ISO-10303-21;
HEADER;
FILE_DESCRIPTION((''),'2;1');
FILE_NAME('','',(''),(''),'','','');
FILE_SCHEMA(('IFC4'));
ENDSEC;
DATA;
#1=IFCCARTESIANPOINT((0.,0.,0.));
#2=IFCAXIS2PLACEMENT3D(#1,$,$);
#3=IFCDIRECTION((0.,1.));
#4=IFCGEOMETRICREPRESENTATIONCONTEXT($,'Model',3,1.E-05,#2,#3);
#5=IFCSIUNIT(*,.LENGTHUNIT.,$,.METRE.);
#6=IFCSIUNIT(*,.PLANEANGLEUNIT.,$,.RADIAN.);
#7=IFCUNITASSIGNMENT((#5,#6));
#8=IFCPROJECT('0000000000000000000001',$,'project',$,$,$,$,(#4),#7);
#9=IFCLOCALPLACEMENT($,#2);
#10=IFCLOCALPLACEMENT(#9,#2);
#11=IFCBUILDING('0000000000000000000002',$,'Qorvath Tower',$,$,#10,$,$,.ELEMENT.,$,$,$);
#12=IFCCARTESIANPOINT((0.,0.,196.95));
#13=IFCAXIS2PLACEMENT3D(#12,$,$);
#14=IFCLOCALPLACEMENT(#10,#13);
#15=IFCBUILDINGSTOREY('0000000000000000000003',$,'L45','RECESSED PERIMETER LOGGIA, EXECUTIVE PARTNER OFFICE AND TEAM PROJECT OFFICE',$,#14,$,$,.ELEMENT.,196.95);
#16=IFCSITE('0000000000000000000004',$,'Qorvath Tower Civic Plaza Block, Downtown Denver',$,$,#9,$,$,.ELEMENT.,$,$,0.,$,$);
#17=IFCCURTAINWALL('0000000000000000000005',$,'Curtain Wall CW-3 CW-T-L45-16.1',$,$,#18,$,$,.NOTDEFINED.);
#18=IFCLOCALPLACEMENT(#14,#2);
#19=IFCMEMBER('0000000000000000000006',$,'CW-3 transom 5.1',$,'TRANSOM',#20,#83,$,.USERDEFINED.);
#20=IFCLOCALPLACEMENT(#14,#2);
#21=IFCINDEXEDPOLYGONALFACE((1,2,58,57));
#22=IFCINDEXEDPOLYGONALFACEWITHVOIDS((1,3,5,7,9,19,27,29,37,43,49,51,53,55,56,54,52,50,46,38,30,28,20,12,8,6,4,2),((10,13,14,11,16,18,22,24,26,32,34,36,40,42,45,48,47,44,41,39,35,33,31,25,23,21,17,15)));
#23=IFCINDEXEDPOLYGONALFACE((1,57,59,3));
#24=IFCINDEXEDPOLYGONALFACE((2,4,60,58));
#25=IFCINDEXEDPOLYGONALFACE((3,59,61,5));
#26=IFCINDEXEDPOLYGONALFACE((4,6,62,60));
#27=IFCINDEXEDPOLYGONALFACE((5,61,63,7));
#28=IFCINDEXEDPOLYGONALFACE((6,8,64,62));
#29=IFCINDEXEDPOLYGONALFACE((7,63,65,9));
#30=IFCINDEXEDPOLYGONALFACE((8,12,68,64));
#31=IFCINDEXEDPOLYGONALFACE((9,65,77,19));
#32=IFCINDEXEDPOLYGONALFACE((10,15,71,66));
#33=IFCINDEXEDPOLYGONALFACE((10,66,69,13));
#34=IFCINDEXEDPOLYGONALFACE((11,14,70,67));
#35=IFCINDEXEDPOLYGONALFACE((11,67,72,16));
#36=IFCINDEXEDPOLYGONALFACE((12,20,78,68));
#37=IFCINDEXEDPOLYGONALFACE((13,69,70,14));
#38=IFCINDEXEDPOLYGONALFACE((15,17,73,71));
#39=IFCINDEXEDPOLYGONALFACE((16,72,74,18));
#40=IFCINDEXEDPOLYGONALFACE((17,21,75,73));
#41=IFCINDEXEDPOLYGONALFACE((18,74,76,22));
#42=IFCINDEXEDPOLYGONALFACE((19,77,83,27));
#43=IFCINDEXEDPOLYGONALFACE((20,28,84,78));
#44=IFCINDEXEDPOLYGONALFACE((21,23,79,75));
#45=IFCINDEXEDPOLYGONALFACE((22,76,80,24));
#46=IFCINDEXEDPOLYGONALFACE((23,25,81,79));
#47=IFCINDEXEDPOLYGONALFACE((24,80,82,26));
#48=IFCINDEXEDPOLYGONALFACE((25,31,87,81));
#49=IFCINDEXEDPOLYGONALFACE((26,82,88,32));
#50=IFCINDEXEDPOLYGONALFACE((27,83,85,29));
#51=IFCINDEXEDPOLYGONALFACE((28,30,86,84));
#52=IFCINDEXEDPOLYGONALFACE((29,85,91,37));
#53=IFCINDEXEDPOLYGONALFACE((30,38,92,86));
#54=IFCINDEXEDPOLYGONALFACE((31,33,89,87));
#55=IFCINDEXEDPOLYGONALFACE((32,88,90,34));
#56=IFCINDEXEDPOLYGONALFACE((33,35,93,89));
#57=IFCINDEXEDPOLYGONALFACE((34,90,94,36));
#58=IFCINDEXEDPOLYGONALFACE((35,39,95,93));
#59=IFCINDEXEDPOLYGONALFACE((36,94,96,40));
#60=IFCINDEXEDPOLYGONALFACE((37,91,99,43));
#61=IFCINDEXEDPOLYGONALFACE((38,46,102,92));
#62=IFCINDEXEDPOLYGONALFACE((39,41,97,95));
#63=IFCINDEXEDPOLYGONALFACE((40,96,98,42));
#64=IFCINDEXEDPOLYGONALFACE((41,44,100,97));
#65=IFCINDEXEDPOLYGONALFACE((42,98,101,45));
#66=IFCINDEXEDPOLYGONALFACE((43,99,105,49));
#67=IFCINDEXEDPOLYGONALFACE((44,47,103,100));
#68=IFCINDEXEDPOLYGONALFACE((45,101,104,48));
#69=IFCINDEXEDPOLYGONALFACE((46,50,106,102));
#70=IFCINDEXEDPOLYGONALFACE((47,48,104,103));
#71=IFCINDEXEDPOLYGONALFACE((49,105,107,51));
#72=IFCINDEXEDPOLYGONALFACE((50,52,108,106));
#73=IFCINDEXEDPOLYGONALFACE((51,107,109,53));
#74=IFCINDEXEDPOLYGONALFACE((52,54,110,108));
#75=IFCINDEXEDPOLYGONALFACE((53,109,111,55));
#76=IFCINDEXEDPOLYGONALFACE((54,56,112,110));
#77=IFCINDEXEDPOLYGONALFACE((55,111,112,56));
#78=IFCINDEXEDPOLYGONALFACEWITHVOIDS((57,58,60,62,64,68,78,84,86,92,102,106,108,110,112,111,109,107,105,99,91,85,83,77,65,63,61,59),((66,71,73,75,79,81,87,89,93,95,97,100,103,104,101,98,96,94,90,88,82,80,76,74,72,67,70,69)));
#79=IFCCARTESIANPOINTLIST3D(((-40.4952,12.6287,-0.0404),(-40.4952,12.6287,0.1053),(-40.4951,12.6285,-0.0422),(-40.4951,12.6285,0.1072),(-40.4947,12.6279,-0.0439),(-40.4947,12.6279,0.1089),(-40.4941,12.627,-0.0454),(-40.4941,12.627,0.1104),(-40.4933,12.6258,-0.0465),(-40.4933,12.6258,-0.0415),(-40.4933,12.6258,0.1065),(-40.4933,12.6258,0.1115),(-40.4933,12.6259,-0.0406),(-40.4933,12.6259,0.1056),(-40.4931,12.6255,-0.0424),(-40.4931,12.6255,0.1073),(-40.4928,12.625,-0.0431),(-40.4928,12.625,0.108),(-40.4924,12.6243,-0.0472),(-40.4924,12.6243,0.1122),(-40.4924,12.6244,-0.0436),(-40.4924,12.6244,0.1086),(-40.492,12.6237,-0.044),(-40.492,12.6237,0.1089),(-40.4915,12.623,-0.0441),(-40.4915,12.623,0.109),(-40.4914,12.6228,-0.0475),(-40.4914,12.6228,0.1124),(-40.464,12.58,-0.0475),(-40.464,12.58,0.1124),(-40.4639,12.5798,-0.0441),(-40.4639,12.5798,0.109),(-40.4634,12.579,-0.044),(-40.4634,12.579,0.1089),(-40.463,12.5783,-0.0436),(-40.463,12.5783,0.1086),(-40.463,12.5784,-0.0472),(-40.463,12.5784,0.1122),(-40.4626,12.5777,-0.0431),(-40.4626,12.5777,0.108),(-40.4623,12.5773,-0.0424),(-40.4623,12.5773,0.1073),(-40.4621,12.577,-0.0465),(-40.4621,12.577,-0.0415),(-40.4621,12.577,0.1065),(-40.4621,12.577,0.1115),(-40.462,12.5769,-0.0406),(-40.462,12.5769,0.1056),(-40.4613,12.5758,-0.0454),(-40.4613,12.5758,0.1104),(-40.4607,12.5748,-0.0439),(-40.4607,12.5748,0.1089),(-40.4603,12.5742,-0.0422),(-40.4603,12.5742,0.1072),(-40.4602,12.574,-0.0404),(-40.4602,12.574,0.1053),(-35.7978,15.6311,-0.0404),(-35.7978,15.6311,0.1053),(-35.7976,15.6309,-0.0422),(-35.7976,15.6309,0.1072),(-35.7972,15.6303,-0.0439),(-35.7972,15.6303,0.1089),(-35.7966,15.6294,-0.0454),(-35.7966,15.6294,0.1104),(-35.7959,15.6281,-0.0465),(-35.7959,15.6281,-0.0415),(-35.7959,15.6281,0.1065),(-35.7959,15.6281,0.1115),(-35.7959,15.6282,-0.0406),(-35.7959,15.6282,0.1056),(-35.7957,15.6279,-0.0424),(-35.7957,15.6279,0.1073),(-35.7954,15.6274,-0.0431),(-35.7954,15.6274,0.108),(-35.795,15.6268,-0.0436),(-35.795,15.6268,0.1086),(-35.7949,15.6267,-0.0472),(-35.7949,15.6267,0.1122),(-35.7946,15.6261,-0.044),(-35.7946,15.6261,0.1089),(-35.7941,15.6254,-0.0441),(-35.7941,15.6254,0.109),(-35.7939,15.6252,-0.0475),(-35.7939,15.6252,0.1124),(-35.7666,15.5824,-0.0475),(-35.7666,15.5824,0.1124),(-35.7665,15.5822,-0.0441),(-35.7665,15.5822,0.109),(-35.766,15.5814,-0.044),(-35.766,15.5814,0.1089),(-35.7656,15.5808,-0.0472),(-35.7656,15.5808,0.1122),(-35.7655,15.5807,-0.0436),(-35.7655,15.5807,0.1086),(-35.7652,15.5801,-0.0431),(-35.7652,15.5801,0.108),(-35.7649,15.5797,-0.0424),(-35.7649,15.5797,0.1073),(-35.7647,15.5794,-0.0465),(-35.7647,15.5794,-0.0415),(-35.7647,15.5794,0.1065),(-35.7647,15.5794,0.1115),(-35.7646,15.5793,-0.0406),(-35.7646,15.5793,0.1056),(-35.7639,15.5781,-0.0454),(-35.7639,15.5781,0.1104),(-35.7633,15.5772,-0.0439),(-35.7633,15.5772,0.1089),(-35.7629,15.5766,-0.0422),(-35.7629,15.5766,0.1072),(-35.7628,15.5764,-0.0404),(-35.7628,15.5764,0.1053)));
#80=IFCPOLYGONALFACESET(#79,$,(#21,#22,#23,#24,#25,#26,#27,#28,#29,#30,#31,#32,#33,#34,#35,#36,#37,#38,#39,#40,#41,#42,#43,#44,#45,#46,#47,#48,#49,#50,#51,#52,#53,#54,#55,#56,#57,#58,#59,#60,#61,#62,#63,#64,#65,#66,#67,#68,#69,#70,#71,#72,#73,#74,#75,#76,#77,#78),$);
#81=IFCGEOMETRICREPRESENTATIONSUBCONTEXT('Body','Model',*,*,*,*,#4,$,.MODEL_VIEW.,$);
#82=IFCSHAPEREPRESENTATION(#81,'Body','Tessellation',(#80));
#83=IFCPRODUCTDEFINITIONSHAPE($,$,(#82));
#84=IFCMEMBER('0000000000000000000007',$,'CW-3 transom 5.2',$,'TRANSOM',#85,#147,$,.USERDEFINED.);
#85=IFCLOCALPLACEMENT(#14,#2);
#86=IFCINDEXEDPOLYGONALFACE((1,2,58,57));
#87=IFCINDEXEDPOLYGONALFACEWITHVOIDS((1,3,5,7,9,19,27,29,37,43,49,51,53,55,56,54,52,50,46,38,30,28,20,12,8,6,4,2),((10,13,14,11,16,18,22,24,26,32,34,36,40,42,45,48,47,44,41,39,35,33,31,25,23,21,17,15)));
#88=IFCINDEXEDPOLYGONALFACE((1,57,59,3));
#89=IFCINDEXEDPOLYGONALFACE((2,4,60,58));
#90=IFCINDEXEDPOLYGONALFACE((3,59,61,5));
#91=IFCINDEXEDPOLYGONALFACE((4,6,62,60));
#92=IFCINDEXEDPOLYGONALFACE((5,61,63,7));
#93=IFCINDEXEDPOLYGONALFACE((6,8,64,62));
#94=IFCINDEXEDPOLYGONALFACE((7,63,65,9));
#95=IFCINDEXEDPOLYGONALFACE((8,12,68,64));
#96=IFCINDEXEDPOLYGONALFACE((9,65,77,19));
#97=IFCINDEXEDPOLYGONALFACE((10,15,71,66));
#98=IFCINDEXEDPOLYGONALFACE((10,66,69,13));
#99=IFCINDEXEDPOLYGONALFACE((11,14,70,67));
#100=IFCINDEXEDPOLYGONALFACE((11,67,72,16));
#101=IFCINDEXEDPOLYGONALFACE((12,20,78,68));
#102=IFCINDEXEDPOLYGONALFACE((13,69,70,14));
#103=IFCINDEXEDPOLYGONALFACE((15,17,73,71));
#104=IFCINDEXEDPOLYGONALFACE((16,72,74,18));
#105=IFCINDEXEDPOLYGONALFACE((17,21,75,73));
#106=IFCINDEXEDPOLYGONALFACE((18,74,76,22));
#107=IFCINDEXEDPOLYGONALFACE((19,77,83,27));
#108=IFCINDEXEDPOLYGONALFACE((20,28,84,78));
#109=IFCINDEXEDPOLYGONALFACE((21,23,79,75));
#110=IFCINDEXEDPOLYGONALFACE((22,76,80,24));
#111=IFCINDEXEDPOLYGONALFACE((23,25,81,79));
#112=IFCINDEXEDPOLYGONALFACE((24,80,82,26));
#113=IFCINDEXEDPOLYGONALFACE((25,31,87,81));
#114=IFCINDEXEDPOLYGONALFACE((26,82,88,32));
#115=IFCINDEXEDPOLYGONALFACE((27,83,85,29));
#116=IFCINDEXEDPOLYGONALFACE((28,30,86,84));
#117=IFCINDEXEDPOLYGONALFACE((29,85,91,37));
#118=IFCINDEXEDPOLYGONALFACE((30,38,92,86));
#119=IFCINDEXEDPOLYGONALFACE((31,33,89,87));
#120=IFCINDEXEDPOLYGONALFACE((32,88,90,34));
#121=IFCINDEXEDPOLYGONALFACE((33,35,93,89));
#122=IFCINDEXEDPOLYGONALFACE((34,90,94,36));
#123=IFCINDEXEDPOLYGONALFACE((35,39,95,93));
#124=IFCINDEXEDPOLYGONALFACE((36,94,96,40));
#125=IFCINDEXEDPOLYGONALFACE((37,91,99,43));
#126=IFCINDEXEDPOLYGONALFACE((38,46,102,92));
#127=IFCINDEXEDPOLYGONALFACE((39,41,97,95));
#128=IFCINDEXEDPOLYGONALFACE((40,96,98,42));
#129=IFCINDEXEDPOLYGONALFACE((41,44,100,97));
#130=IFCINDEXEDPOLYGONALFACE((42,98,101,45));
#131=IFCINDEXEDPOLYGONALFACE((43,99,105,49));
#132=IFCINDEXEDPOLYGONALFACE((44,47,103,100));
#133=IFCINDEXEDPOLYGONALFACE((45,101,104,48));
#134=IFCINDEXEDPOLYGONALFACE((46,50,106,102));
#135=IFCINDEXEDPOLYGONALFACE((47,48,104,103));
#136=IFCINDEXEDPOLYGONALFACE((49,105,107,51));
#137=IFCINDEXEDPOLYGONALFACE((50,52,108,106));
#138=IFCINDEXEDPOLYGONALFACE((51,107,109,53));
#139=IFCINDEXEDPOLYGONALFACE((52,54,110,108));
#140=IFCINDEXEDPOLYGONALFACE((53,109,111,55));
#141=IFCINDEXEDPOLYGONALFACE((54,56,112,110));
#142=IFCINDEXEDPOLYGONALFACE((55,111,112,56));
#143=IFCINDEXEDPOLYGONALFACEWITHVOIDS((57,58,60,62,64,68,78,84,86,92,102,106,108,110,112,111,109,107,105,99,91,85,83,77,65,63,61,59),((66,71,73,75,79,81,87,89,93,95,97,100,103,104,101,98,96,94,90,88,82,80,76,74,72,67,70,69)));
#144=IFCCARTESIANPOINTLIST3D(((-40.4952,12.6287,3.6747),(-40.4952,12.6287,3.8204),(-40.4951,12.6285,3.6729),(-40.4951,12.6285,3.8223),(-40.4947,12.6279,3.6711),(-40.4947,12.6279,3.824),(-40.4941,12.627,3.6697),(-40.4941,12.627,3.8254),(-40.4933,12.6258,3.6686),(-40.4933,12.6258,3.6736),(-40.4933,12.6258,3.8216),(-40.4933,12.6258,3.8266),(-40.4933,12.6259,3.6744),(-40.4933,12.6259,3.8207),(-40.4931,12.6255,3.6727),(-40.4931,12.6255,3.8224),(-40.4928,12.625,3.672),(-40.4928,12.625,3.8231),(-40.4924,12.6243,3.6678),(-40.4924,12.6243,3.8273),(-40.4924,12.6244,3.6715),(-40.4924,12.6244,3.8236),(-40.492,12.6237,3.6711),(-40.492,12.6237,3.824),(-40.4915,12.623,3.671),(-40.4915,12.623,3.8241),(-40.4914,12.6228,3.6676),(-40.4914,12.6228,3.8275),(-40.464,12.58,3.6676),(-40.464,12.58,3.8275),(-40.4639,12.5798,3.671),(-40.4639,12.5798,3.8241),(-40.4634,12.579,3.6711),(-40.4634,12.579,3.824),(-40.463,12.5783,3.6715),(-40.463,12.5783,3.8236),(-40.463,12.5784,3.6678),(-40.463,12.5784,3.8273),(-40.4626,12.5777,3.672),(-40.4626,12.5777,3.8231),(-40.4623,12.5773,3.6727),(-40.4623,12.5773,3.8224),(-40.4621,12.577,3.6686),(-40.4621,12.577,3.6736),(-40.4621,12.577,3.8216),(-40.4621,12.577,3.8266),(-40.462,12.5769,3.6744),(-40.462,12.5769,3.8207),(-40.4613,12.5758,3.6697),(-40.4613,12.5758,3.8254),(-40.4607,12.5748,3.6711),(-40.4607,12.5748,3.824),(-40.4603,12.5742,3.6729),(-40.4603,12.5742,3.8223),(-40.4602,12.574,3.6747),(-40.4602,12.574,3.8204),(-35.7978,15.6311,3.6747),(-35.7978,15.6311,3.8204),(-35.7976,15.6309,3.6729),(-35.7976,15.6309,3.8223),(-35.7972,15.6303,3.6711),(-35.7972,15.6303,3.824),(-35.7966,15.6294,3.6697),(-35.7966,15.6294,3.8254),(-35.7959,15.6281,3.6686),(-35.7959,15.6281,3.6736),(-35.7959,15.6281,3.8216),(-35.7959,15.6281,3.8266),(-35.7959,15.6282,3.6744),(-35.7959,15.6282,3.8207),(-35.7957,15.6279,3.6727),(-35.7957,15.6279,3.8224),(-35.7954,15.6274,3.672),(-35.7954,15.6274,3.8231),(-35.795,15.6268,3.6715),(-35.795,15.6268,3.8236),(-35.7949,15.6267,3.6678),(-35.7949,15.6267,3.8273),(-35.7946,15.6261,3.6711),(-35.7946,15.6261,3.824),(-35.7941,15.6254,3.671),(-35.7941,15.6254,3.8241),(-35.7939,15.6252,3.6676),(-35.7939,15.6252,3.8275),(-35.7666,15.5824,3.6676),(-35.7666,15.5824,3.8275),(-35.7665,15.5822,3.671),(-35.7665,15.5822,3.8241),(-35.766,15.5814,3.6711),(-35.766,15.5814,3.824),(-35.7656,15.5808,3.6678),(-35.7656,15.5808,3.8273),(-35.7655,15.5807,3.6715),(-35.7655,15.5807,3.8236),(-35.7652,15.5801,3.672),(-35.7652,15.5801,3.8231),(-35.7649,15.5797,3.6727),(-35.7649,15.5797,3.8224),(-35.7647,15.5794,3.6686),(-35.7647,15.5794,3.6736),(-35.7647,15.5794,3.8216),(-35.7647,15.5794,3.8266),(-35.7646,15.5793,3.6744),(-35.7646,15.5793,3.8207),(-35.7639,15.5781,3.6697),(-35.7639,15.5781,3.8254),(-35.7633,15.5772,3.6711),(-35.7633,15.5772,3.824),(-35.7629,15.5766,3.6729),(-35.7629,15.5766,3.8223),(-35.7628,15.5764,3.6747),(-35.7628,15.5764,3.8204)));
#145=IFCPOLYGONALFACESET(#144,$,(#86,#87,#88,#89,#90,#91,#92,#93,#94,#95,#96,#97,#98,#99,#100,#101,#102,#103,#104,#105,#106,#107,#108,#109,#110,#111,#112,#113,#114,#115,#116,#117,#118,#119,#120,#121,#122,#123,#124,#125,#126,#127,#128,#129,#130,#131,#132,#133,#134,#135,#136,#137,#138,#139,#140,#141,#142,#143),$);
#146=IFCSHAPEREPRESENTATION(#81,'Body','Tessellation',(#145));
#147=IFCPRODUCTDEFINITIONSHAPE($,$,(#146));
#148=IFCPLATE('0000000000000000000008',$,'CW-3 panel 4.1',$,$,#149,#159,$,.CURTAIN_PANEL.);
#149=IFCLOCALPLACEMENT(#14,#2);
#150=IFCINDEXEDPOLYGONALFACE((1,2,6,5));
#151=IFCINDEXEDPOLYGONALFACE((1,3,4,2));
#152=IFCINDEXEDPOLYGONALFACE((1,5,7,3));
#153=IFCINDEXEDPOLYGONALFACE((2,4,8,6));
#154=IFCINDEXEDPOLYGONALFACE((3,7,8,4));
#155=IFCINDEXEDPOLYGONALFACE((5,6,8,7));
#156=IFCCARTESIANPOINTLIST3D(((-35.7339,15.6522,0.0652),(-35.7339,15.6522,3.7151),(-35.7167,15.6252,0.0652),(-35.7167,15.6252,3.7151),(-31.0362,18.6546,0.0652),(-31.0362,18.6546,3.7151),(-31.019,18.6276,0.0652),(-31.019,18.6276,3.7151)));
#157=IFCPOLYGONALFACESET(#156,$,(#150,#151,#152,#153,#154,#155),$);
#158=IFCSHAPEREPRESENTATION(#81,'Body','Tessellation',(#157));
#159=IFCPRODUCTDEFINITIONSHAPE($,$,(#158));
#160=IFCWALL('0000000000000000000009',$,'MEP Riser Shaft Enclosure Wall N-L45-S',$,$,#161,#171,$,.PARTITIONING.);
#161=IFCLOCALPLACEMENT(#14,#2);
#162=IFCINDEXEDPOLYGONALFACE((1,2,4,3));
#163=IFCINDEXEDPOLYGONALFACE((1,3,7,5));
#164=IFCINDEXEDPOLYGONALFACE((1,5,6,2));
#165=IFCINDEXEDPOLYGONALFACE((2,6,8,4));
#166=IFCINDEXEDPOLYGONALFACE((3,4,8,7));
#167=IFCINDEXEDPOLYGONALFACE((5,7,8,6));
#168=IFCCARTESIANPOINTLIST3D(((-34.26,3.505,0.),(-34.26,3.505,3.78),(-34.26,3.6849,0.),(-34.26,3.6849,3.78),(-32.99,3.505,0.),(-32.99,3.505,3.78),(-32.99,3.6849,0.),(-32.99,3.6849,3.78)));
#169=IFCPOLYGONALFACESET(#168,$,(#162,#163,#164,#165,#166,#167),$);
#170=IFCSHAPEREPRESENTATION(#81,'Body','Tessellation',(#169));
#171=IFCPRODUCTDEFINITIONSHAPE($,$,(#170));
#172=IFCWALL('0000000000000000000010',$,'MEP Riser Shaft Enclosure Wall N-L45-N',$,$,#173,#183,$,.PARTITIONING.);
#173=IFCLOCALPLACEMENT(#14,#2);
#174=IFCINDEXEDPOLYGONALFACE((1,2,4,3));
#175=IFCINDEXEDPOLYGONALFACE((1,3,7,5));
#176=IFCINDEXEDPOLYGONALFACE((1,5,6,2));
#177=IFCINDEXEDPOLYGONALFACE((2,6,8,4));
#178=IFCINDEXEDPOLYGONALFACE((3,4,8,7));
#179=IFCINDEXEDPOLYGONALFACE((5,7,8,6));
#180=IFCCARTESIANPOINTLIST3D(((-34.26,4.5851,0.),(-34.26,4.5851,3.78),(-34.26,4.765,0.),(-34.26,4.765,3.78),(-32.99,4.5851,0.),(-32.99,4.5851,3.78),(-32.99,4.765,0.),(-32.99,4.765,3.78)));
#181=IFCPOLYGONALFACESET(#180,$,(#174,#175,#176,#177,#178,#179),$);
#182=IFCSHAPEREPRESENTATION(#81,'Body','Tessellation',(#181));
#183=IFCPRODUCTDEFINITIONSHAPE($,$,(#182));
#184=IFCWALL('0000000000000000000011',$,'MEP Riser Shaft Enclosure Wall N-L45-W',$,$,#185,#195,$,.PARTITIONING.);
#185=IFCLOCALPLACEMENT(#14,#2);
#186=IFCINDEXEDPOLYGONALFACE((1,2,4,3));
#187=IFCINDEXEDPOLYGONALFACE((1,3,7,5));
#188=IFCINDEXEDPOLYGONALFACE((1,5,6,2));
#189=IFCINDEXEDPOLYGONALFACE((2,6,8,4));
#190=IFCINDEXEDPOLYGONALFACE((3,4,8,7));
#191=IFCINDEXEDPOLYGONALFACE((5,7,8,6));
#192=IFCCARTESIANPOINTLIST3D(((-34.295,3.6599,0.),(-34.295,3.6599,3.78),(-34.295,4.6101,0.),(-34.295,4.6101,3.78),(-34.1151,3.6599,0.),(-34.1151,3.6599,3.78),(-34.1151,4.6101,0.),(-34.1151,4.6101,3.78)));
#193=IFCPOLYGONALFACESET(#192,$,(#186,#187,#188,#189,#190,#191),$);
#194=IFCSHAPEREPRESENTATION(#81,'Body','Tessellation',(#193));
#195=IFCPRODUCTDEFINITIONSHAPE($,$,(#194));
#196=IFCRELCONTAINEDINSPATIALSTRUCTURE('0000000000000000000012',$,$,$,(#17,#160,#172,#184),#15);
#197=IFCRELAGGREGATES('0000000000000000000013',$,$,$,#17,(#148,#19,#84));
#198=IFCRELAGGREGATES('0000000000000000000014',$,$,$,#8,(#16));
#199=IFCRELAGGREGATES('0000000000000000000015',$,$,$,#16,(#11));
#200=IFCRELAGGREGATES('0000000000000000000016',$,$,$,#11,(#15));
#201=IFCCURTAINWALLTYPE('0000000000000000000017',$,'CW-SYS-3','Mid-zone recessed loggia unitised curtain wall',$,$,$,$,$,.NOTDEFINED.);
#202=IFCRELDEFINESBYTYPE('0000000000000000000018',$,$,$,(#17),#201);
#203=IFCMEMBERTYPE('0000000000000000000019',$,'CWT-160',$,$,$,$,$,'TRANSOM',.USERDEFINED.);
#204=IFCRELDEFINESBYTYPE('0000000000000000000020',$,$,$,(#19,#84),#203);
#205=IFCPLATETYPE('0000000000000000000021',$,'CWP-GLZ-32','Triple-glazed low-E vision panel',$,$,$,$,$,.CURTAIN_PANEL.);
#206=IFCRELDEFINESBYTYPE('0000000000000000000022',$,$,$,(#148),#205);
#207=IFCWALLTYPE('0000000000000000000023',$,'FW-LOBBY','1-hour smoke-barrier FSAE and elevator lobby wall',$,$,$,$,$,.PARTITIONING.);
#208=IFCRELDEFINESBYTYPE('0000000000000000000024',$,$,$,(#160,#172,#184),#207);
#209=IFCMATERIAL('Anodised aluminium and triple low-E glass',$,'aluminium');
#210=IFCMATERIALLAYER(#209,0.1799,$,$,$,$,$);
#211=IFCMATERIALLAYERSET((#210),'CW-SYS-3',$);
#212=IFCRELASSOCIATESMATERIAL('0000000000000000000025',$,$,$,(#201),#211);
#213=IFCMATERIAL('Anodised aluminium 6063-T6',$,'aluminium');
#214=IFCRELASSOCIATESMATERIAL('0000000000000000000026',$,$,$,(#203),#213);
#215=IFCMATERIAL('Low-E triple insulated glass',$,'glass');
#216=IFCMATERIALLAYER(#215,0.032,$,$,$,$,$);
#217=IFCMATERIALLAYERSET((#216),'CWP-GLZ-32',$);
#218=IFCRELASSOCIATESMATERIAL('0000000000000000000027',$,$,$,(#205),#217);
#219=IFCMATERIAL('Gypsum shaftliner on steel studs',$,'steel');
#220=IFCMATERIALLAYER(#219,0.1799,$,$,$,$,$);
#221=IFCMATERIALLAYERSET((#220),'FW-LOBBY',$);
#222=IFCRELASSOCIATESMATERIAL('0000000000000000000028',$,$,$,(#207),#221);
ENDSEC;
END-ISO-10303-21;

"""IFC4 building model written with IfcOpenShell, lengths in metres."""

from ifc_helpers import new_model, si_unit, direction, frame, frame_2d, origin, origin_2d, place, context, subcontext, project, spatial, rectangle, hollow_rectangle, extrude, material, layer, layer_set, material_profile, profile_set, type_object, element, aggregate, save


model = new_model("IFC4")

# Units and contexts
model_context = context("Model", 3, precision=1e-05, world=origin(), true_north=direction((0.0, 1.0)))
body_context = subcontext(model_context, "Body", "Model", "MODEL_VIEW")
ifc_project = project(units=[si_unit("LENGTHUNIT", "METRE"), si_unit("PLANEANGLEUNIT", "RADIAN")], contexts=[model_context])

# Site, building, storey
site_placement = place(None, origin())
site = spatial("IfcSite", under=ifc_project, at=site_placement, Name="Qorvath Tower Civic Plaza Block, Downtown Denver", CompositionType="ELEMENT", RefElevation=0.0)
building_placement = place(site_placement, origin())
building = spatial("IfcBuilding", under=site, at=building_placement, Name="Qorvath Tower", CompositionType="ELEMENT")
storey_placement = place(building_placement, frame((0.0, 0.0, 196.95)))
storey = spatial("IfcBuildingStorey", under=building, at=storey_placement, Name="L45", Description="RECESSED PERIMETER LOGGIA, EXECUTIVE PARTNER OFFICE AND TEAM PROJECT OFFICE", CompositionType="ELEMENT", Elevation=196.95)

# Curtain wall, members, plate
ifc_material_1 = material(Name="Anodised aluminium and triple low-E glass", Category="aluminium")
ifc_layer_1 = layer(ifc_material_1, 0.1799)
ifc_layer_set_1 = layer_set([ifc_layer_1], Name="CW-SYS-3")
curtain_wall_type = type_object("IfcCurtainWallType", Name="CW-SYS-3", Description="Mid-zone recessed loggia unitised curtain wall", PredefinedType="NOTDEFINED", material=ifc_layer_set_1)
curtain_wall_placement = place(storey_placement, origin())
curtain_wall = element("IfcCurtainWall", 1, at=curtain_wall_placement, inside=storey, type_object=curtain_wall_type, Name="Curtain Wall CW-3 CW-T-L45-16.1", PredefinedType="NOTDEFINED")
ifc_material_2 = material(Name="Anodised aluminium 6063-T6", Category="aluminium")
ifc_material_profile_1 = material_profile(ifc_material_2, hollow_rectangle(XDim=0.0649, YDim=0.1599, WallThickness=0.0034, InnerFilletRadius=0.0034, OuterFilletRadius=0.0071, at=origin_2d()), Name="CWT 160x65")
ifc_profile_set_1 = profile_set([ifc_material_profile_1], Name="Anodised aluminium 6063-T6")
member_type_1 = type_object("IfcMemberType", Name="CWT-160", ElementType="TRANSOM", PredefinedType="USERDEFINED", material=ifc_profile_set_1)
member_1_placement = place(storey_placement, frame((-35.7803, 15.6038, 0.0325), z_axis=(-0.842594, -0.538549, 0.0), x_axis=(0.538549, -0.842594, 0.0)))
member_1 = element("IfcMember", 2, at=member_1_placement, type_object=member_type_1, Name="CW-3 transom 5.1", ObjectType="TRANSOM", PredefinedType="USERDEFINED", context=body_context, shape_type="SweptSolid", body=[
    extrude(hollow_rectangle(XDim=0.0649, YDim=0.1599, WallThickness=0.0034, InnerFilletRadius=0.0034, OuterFilletRadius=0.0071, at=origin_2d()), origin(), (0.0, 0.0, 1.0), 5.575),
])
member_2_placement = place(storey_placement, frame((-35.7803, 15.6038, 3.7476), z_axis=(-0.842594, -0.538549, 0.0), x_axis=(0.538549, -0.842594, 0.0)))
member_2 = element("IfcMember", 3, at=member_2_placement, type_object=member_type_1, Name="CW-3 transom 5.2", ObjectType="TRANSOM", PredefinedType="USERDEFINED", context=body_context, shape_type="SweptSolid", body=[
    extrude(hollow_rectangle(XDim=0.0649, YDim=0.1599, WallThickness=0.0034, InnerFilletRadius=0.0034, OuterFilletRadius=0.0071, at=origin_2d()), origin(), (0.0, 0.0, 1.0), 5.575),
])
ifc_material_3 = material(Name="Low-E triple insulated glass", Category="glass")
ifc_layer_2 = layer(ifc_material_3, 0.032)
ifc_layer_set_2 = layer_set([ifc_layer_2], Name="CWP-GLZ-32")
plate_type = type_object("IfcPlateType", Name="CWP-GLZ-32", Description="Triple-glazed low-E vision panel", PredefinedType="CURTAIN_PANEL", material=ifc_layer_set_2)
plate_placement = place(storey_placement, frame((-33.3765, 17.1399, 0.0652), z_axis=(0.0, 0.0, 1.0), x_axis=(-0.842604, -0.538534, 0.0)))
plate = element("IfcPlate", 4, at=plate_placement, type_object=plate_type, Name="CW-3 panel 4.1", PredefinedType="CURTAIN_PANEL", context=body_context, shape_type="SweptSolid", body=[
    extrude(rectangle(XDim=5.5752, YDim=0.032, at=origin_2d()), origin(), (0.0, 0.0, 1.0), 3.6499),
])
aggregate(curtain_wall, [plate, member_1, member_2])

# Walls
ifc_material_4 = material(Name="Gypsum shaftliner on steel studs", Category="steel")
ifc_layer_3 = layer(ifc_material_4, 0.1799)
ifc_layer_set_3 = layer_set([ifc_layer_3], Name="FW-LOBBY")
wall_type_1 = type_object("IfcWallType", Name="FW-LOBBY", Description="1-hour smoke-barrier FSAE and elevator lobby wall", PredefinedType="PARTITIONING", material=ifc_layer_set_3)
for number, where, z_axis, x_axis, name in (
    (5, (-32.99, 3.595, 0.0), (0.0, 0.0, 1.0), (-1.0, 0.0, 0.0), "MEP Riser Shaft Enclosure Wall N-L45-S"),
    (6, (-34.26, 4.675, 0.0), (0.0, 0.0, 1.0), (1.0, 0.0, 0.0), "MEP Riser Shaft Enclosure Wall N-L45-N"),
):
    element("IfcWall", number, at=place(storey_placement, frame(where, z_axis=z_axis, x_axis=x_axis)), inside=storey, type_object=wall_type_1, Name=name, PredefinedType="PARTITIONING", context=body_context, shape_type="SweptSolid", body=[
        extrude(rectangle(XDim=1.27, YDim=0.1799, at=frame_2d((0.635, 0.0))), origin(), (0.0, 0.0, 1.0), 3.78),
    ])
for number, where, z_axis, x_axis, name in (
    (7, (-34.2051, 3.6599, 0.0), (0.0, 0.0, 1.0), (0.0, 1.0, 0.0), "MEP Riser Shaft Enclosure Wall N-L45-W"),
):
    element("IfcWall", number, at=place(storey_placement, frame(where, z_axis=z_axis, x_axis=x_axis)), inside=storey, type_object=wall_type_1, Name=name, PredefinedType="PARTITIONING", context=body_context, shape_type="SweptSolid", body=[
        extrude(rectangle(XDim=0.9502, YDim=0.1799, at=frame_2d((0.4751, 0.0))), origin(), (0.0, 0.0, 1.0), 3.78),
    ])

save(model, "model.ifc")
